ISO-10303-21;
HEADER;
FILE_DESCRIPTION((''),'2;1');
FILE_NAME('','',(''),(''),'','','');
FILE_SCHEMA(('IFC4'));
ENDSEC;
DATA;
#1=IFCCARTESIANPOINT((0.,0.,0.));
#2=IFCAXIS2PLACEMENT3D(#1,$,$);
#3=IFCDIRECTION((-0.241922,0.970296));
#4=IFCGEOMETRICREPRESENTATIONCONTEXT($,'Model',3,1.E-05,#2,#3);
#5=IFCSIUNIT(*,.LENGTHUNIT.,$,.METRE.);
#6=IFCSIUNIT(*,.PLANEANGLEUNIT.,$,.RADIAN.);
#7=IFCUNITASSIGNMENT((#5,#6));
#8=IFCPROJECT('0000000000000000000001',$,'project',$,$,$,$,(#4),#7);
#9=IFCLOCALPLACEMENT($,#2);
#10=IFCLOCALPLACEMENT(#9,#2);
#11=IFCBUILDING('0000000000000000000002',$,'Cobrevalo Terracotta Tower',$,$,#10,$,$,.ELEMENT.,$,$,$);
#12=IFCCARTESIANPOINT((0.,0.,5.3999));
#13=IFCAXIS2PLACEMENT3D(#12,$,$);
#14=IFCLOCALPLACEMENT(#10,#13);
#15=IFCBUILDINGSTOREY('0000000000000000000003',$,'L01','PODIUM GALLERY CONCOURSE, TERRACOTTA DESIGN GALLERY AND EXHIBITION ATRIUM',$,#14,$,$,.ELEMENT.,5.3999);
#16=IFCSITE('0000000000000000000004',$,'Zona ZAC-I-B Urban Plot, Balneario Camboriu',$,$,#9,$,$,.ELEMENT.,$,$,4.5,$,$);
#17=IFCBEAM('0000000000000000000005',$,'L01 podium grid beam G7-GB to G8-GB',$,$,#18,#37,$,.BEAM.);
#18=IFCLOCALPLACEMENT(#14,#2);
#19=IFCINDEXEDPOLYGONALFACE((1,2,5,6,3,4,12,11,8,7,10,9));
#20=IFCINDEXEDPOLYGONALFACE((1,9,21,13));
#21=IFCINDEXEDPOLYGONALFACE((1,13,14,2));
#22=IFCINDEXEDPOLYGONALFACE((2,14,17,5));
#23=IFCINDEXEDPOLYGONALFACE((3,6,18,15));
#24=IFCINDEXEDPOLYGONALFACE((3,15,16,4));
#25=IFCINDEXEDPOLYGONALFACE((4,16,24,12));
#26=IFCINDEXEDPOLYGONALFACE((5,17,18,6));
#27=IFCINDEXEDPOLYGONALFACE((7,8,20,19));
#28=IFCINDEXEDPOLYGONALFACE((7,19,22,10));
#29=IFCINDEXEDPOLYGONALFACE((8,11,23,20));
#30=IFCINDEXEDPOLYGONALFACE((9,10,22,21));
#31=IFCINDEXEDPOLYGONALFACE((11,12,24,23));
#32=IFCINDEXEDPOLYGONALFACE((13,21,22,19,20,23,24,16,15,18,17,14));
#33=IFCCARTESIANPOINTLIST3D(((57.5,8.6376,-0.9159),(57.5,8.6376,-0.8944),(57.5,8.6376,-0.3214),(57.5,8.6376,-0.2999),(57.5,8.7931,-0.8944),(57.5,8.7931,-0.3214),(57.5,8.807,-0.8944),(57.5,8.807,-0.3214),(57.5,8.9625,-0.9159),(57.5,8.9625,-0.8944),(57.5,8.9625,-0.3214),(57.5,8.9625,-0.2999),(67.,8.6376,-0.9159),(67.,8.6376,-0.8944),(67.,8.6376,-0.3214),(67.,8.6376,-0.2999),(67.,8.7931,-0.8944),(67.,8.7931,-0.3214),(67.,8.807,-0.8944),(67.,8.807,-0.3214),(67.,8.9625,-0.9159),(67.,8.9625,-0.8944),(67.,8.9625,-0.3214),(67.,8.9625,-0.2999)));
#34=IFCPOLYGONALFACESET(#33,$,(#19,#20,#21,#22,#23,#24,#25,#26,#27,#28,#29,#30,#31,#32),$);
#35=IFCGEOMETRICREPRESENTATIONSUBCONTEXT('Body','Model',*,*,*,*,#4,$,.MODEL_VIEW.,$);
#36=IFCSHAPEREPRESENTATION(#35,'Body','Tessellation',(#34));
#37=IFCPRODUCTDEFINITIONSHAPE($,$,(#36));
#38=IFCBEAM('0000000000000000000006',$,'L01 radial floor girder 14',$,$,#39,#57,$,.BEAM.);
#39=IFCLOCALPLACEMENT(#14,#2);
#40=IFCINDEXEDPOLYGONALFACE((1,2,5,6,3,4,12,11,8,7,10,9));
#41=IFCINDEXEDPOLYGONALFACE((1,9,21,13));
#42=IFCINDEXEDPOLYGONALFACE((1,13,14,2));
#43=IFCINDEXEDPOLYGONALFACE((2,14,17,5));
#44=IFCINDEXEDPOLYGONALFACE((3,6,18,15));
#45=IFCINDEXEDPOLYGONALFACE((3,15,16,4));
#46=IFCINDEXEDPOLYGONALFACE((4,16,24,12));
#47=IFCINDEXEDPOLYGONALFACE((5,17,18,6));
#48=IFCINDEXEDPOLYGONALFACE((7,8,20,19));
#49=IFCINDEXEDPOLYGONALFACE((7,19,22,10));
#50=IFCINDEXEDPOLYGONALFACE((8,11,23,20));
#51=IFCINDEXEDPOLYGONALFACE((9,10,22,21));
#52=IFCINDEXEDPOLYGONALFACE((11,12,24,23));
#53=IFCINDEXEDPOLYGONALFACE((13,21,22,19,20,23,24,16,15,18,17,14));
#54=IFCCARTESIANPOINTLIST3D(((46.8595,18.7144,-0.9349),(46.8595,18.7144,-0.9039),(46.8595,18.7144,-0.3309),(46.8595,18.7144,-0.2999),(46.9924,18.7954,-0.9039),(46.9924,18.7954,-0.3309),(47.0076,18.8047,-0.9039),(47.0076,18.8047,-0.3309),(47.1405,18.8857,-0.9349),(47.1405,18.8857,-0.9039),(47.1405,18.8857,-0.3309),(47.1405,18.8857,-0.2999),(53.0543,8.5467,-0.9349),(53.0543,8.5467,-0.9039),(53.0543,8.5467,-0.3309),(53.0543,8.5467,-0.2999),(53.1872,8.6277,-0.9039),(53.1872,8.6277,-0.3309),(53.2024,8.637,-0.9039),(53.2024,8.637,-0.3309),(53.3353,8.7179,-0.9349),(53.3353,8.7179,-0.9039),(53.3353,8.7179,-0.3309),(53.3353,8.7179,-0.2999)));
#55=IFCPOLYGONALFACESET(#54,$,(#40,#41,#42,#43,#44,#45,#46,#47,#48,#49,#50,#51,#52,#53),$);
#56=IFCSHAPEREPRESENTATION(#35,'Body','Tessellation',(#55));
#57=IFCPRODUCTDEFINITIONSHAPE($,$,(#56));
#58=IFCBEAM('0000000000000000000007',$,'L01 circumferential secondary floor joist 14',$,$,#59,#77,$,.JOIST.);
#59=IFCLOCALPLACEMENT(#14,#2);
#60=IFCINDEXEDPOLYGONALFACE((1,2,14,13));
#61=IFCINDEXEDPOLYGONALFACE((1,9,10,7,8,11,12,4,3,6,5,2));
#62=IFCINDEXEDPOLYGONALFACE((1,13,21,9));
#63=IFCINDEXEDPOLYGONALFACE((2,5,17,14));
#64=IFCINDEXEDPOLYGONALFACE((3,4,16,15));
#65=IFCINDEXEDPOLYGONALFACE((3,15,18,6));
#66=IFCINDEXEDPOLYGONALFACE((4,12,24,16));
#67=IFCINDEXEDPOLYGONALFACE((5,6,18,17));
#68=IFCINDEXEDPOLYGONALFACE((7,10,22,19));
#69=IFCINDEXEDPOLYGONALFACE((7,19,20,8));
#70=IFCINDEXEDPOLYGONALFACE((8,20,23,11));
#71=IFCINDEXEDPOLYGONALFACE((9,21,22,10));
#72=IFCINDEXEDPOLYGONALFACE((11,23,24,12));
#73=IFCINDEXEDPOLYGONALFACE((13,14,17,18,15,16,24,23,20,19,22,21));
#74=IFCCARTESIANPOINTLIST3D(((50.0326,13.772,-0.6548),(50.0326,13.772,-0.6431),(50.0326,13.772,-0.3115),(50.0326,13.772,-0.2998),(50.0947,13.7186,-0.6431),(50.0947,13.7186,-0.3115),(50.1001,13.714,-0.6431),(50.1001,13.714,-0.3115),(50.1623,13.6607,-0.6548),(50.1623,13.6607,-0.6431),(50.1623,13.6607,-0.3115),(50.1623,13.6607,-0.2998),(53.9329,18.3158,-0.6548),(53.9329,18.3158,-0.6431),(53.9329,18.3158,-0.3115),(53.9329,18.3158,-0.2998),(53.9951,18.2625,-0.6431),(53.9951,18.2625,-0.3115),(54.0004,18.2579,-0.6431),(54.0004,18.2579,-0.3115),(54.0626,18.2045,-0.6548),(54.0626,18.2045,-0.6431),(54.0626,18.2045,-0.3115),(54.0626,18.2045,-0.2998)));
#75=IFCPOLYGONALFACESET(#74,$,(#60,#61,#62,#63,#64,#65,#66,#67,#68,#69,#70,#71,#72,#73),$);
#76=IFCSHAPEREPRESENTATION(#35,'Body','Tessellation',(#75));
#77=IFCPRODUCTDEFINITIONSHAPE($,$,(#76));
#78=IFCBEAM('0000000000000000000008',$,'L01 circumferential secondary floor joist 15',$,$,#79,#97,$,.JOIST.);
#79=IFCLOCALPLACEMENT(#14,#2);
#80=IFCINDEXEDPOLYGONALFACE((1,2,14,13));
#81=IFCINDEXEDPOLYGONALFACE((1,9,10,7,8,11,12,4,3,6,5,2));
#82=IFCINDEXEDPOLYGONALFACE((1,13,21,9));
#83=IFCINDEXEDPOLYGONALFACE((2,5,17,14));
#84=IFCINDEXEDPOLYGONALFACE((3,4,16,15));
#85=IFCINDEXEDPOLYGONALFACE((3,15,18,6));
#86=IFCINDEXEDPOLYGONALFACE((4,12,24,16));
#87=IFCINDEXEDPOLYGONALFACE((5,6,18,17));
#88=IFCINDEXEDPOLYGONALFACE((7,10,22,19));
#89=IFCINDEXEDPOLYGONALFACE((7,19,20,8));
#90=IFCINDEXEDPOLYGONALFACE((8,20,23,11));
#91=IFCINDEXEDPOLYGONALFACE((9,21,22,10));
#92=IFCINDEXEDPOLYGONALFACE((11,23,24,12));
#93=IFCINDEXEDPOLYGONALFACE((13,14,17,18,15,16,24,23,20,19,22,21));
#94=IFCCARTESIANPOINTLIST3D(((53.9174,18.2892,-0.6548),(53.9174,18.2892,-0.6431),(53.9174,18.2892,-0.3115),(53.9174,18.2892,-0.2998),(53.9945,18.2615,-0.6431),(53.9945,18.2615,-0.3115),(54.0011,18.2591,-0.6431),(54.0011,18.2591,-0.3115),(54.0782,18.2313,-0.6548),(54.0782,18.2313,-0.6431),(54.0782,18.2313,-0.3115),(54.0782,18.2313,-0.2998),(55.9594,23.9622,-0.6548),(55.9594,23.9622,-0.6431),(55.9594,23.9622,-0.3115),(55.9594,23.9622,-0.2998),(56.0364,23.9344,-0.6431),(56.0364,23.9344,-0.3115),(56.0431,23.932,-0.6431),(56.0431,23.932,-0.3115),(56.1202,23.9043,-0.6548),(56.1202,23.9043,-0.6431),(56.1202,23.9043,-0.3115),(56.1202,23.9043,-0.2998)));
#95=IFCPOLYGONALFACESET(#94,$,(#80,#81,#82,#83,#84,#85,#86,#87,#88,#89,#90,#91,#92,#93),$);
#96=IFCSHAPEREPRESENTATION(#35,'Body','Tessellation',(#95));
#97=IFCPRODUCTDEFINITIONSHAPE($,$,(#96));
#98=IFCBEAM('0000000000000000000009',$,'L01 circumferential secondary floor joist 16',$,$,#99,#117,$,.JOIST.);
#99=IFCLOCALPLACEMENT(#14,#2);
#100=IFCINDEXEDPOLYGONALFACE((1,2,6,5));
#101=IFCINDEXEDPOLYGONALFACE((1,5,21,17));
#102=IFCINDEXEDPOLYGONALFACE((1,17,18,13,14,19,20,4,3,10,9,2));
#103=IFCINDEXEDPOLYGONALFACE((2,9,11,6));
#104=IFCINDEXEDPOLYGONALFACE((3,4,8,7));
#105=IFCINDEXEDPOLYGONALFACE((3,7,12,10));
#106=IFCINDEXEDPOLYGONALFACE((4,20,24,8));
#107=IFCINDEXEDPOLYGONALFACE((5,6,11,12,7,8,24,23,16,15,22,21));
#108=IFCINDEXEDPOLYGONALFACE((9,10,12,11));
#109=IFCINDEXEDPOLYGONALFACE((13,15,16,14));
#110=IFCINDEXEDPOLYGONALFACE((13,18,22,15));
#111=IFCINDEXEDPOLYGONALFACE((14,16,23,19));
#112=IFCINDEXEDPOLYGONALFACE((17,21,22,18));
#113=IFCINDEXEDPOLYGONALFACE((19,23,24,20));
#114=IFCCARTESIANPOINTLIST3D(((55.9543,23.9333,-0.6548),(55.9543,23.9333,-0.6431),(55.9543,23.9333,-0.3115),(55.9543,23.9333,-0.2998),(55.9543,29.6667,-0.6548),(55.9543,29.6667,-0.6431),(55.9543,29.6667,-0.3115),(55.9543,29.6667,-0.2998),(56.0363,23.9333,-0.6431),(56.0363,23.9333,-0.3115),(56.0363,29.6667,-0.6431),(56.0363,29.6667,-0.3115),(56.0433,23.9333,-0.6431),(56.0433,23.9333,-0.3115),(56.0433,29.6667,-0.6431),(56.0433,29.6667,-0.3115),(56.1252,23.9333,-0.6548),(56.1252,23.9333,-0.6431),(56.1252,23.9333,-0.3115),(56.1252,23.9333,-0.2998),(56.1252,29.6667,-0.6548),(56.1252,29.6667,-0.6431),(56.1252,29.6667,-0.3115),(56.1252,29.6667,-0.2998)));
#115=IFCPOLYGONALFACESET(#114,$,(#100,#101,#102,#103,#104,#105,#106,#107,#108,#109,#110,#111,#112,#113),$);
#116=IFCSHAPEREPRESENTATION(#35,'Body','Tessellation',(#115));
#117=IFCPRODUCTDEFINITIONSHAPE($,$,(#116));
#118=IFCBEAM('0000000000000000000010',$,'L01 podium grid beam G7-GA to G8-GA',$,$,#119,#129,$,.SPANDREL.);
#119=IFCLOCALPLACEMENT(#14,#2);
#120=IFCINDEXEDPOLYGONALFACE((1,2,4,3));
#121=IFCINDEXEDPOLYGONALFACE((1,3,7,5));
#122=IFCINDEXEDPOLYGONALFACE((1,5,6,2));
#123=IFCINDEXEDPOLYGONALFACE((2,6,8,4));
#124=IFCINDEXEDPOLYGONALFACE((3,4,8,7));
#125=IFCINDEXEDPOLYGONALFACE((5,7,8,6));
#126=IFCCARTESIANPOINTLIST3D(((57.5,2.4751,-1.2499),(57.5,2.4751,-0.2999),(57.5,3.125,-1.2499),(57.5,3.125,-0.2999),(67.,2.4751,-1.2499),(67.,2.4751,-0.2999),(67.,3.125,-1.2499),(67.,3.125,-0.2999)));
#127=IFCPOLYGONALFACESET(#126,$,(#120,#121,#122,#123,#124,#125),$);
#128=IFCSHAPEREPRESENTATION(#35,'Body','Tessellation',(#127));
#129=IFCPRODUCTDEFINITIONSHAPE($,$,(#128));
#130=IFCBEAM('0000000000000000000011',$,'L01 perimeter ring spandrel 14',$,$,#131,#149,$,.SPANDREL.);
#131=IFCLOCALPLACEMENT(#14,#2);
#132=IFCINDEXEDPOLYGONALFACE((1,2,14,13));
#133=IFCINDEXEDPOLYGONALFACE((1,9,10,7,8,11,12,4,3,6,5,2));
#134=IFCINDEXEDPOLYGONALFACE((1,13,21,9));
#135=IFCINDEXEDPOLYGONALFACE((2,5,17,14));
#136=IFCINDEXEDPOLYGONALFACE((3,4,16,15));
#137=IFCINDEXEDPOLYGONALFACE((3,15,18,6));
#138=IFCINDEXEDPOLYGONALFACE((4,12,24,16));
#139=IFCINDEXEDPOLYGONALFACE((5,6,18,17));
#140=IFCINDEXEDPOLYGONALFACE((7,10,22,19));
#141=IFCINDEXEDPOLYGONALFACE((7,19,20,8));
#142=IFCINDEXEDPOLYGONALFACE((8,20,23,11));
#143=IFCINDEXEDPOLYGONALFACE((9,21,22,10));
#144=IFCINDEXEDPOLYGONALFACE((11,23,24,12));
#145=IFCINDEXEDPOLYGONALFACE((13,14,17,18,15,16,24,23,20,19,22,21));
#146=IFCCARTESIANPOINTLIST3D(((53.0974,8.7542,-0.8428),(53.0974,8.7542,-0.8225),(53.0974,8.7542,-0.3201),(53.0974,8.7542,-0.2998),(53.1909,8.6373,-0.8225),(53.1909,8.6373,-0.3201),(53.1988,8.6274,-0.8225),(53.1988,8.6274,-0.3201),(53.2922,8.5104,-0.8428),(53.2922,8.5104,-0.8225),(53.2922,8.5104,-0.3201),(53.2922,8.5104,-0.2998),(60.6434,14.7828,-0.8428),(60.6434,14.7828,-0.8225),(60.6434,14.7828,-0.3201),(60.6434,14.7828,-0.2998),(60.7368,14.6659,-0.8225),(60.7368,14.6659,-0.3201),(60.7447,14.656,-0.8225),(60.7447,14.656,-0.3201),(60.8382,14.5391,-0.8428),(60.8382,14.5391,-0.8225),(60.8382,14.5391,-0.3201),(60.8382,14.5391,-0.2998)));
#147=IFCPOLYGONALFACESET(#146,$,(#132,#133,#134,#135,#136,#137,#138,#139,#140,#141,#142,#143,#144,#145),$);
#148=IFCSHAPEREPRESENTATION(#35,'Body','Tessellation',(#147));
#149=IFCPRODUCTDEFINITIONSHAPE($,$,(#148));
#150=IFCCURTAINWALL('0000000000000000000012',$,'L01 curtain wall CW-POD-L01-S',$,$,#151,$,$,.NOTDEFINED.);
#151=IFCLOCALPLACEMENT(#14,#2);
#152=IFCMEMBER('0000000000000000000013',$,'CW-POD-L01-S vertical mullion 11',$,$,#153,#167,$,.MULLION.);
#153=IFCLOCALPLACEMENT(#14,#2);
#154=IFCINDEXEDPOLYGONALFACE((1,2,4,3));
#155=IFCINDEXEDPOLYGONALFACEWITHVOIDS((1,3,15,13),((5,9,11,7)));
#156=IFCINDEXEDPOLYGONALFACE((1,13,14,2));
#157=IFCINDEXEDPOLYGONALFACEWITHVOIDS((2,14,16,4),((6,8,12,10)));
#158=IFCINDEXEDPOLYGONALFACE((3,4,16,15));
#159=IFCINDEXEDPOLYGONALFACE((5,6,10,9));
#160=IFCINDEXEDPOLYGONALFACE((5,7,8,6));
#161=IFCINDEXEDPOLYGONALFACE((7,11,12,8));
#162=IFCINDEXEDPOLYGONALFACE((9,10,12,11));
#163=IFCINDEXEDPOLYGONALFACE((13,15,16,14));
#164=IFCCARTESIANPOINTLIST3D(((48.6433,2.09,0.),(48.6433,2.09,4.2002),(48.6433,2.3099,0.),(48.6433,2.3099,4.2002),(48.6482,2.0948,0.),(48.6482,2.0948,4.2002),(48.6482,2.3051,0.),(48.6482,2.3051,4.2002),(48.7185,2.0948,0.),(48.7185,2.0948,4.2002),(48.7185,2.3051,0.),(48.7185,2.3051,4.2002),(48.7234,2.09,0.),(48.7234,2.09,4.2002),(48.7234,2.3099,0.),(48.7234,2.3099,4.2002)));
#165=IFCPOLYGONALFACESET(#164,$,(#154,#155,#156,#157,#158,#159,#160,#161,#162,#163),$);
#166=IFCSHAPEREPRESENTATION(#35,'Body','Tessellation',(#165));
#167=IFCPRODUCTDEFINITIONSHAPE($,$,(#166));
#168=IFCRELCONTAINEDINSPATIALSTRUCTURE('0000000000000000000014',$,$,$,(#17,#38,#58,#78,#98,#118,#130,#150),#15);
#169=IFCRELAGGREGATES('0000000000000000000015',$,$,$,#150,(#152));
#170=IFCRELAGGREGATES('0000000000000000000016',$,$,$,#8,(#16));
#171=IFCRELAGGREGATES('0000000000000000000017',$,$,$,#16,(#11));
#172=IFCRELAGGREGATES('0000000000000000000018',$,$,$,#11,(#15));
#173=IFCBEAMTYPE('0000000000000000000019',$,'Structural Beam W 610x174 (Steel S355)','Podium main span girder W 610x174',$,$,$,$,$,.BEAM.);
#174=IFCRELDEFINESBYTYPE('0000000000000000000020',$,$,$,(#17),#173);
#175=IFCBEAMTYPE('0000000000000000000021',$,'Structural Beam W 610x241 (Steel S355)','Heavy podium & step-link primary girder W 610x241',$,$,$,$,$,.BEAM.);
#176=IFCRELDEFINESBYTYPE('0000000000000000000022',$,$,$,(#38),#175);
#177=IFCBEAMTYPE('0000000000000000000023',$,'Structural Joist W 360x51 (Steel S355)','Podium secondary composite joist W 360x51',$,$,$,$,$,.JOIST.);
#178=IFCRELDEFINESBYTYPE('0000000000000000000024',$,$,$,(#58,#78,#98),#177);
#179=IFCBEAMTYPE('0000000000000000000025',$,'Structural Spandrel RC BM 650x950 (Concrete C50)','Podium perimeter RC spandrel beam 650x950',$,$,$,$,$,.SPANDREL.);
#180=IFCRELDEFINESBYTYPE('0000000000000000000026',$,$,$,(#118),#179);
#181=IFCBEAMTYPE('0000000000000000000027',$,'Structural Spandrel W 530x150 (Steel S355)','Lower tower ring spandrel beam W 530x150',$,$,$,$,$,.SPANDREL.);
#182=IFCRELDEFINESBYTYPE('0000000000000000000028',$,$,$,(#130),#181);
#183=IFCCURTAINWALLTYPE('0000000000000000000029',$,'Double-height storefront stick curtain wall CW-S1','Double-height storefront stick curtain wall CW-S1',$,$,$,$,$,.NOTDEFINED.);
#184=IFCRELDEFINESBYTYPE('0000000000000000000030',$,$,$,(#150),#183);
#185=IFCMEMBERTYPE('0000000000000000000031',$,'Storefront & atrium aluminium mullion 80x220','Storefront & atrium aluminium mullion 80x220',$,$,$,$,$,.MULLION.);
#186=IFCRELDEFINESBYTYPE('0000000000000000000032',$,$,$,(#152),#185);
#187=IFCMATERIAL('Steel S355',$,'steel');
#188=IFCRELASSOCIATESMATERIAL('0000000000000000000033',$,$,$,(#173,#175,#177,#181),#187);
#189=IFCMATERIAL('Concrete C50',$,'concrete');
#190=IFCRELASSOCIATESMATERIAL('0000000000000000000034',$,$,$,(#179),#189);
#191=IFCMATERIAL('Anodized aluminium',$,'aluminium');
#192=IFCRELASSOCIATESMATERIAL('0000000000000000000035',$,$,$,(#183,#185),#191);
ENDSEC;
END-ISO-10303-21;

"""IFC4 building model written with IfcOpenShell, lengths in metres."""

from ifc_helpers import new_model, si_unit, direction, frame, origin, origin_2d, place, context, subcontext, project, spatial, rectangle, hollow_rectangle, i_section, extrude, source, transform, mapped, material, material_profile, profile_set, type_object, element, aggregate, save


model = new_model("IFC4")

# Units and contexts
model_context = context("Model", 3, precision=1e-05, world=origin(), true_north=direction((-0.241922, 0.970296)))
body_context = subcontext(model_context, "Body", "Model", "MODEL_VIEW")
ifc_project = project(units=[si_unit("LENGTHUNIT", "METRE"), si_unit("PLANEANGLEUNIT", "RADIAN")], contexts=[model_context])

# Site, building, storey
site_placement = place(None, origin())
site = spatial("IfcSite", under=ifc_project, at=site_placement, Name="Zona ZAC-I-B Urban Plot, Balneario Camboriu", CompositionType="ELEMENT", RefElevation=4.5)
building_placement = place(site_placement, origin())
building = spatial("IfcBuilding", under=site, at=building_placement, Name="Cobrevalo Terracotta Tower", CompositionType="ELEMENT")
storey_placement = place(building_placement, frame((0.0, 0.0, 5.3999)))
storey = spatial("IfcBuildingStorey", under=building, at=storey_placement, Name="L01", Description="PODIUM GALLERY CONCOURSE, TERRACOTTA DESIGN GALLERY AND EXHIBITION ATRIUM", CompositionType="ELEMENT", Elevation=5.3999)

# Shared definitions
ifc_material_1 = material(Name="Steel S355", Category="steel")
ifc_material_2 = material(Name="Concrete C50", Category="concrete")

# Beams
ifc_material_profile_1 = material_profile(ifc_material_1, i_section(OverallWidth=0.325, OverallDepth=0.616, WebThickness=0.0139, FlangeThickness=0.0215, at=origin_2d()), Name="W 610x174")
ifc_profile_set_1 = profile_set([ifc_material_profile_1], Name="Steel S355")
beam_type_1 = type_object("IfcBeamType", Name="Structural Beam W 610x174 (Steel S355)", Description="Podium main span girder W 610x174", PredefinedType="BEAM", material=ifc_profile_set_1)
beam_1_placement = place(storey_placement, frame((57.5, 8.8, -0.6079), z_axis=(1.0, 0.0, 0.0), x_axis=(0.0, 1.0, 0.0)))
element("IfcBeam", 1, at=beam_1_placement, inside=storey, type_object=beam_type_1, Name="L01 podium grid beam G7-GB to G8-GB", PredefinedType="BEAM", context=body_context, shape_type="SweptSolid", body=[
    extrude(i_section(OverallWidth=0.325, OverallDepth=0.616, WebThickness=0.0139, FlangeThickness=0.0215, at=origin_2d()), origin(), (0.0, 0.0, 1.0), 9.5),
])
ifc_material_profile_2 = material_profile(ifc_material_1, i_section(OverallWidth=0.3291, OverallDepth=0.635, WebThickness=0.0178, FlangeThickness=0.031, at=origin_2d()), Name="W 610x241")
ifc_profile_set_2 = profile_set([ifc_material_profile_2], Name="Steel S355")
beam_type_2 = type_object("IfcBeamType", Name="Structural Beam W 610x241 (Steel S355)", Description="Heavy podium & step-link primary girder W 610x241", PredefinedType="BEAM", material=ifc_profile_set_2)
beam_2_placement = place(storey_placement, frame((53.1948, 8.6323, -0.6174), z_axis=(-0.520301, 0.853983, 0.0), x_axis=(-0.853983, -0.520301, 0.0)))
element("IfcBeam", 2, at=beam_2_placement, inside=storey, type_object=beam_type_2, Name="L01 radial floor girder 14", PredefinedType="BEAM", context=body_context, shape_type="SweptSolid", body=[
    extrude(i_section(OverallWidth=0.3291, OverallDepth=0.635, WebThickness=0.0178, FlangeThickness=0.031, at=origin_2d()), origin(), (0.0, 0.0, 1.0), 11.9062),
])
ifc_material_profile_3 = material_profile(ifc_material_1, i_section(OverallWidth=0.1709, OverallDepth=0.355, WebThickness=0.0071, FlangeThickness=0.0117, at=origin_2d()), Name="W 360x51")
ifc_profile_set_3 = profile_set([ifc_material_profile_3], Name="Steel S355")
beam_type_3 = type_object("IfcBeamType", Name="Structural Joist W 360x51 (Steel S355)", Description="Podium secondary composite joist W 360x51", PredefinedType="JOIST", material=ifc_profile_set_3)
beam_3_placement = place(storey_placement, frame((50.0974, 13.7163, -0.4773), z_axis=(0.651328, 0.758796, 0.0), x_axis=(-0.758796, 0.651328, 0.0)))
element("IfcBeam", 3, at=beam_3_placement, inside=storey, type_object=beam_type_3, Name="L01 circumferential secondary floor joist 14", PredefinedType="JOIST", context=body_context, shape_type="SweptSolid", body=[
    extrude(i_section(OverallWidth=0.1709, OverallDepth=0.355, WebThickness=0.0071, FlangeThickness=0.0117, at=origin_2d()), origin(), (0.0, 0.0, 1.0), 5.9883),
])
beam_4_placement = place(storey_placement, frame((53.9978, 18.2603, -0.4773), z_axis=(0.338672, 0.940904, 0.0), x_axis=(-0.940904, 0.338672, 0.0)))
element("IfcBeam", 4, at=beam_4_placement, inside=storey, type_object=beam_type_3, Name="L01 circumferential secondary floor joist 15", PredefinedType="JOIST", context=body_context, shape_type="SweptSolid", body=[
    extrude(i_section(OverallWidth=0.1709, OverallDepth=0.355, WebThickness=0.0071, FlangeThickness=0.0117, at=origin_2d()), origin(), (0.0, 0.0, 1.0), 6.0293),
])
beam_5_placement = place(storey_placement, frame((56.0398, 23.9333, -0.4773), z_axis=(0.0, 1.0, 0.0), x_axis=(-1.0, 0.0, 0.0)))
element("IfcBeam", 5, at=beam_5_placement, inside=storey, type_object=beam_type_3, Name="L01 circumferential secondary floor joist 16", PredefinedType="JOIST", context=body_context, shape_type="SweptSolid", body=[
    extrude(i_section(OverallWidth=0.1709, OverallDepth=0.355, WebThickness=0.0071, FlangeThickness=0.0117, at=origin_2d()), origin(), (0.0, 0.0, 1.0), 5.7334),
])
ifc_material_profile_4 = material_profile(ifc_material_2, rectangle(XDim=0.6499, YDim=0.95, at=origin_2d()), Name="RC BM 650x950")
ifc_profile_set_4 = profile_set([ifc_material_profile_4], Name="Concrete C50")
beam_type_4 = type_object("IfcBeamType", Name="Structural Spandrel RC BM 650x950 (Concrete C50)", Description="Podium perimeter RC spandrel beam 650x950", PredefinedType="SPANDREL", material=ifc_profile_set_4)
beam_6_placement = place(storey_placement, frame((57.5, 2.8, -0.7749), z_axis=(1.0, 0.0, 0.0), x_axis=(0.0, 1.0, 0.0)))
element("IfcBeam", 6, at=beam_6_placement, inside=storey, type_object=beam_type_4, Name="L01 podium grid beam G7-GA to G8-GA", PredefinedType="SPANDREL", context=body_context, shape_type="SweptSolid", body=[
    extrude(rectangle(XDim=0.6499, YDim=0.95, at=origin_2d()), origin(), (0.0, 0.0, 1.0), 9.5),
])
ifc_material_profile_5 = material_profile(ifc_material_1, i_section(OverallWidth=0.312, OverallDepth=0.543, WebThickness=0.0127, FlangeThickness=0.0203, at=origin_2d()), Name="W 530x150")
ifc_profile_set_5 = profile_set([ifc_material_profile_5], Name="Steel S355")
beam_type_5 = type_object("IfcBeamType", Name="Structural Spandrel W 530x150 (Steel S355)", Description="Lower tower ring spandrel beam W 530x150", PredefinedType="SPANDREL", material=ifc_profile_set_5)
beam_7_placement = place(storey_placement, frame((53.1948, 8.6323, -0.5713), z_axis=(0.78128, 0.62418, 0.0), x_axis=(-0.62418, 0.78128, 0.0)))
element("IfcBeam", 7, at=beam_7_placement, inside=storey, type_object=beam_type_5, Name="L01 perimeter ring spandrel 14", PredefinedType="SPANDREL", context=body_context, shape_type="SweptSolid", body=[
    extrude(i_section(OverallWidth=0.312, OverallDepth=0.543, WebThickness=0.0127, FlangeThickness=0.0203, at=origin_2d()), origin(), (0.0, 0.0, 1.0), 9.6584),
])

# Curtain wall, member
ifc_material_3 = material(Name="Anodized aluminium", Category="aluminium")
curtain_wall_type = type_object("IfcCurtainWallType", Name="Double-height storefront stick curtain wall CW-S1", Description="Double-height storefront stick curtain wall CW-S1", PredefinedType="NOTDEFINED", material=ifc_material_3)
curtain_wall_placement = place(storey_placement, origin())
curtain_wall = element("IfcCurtainWall", 8, at=curtain_wall_placement, inside=storey, type_object=curtain_wall_type, Name="L01 curtain wall CW-POD-L01-S", PredefinedType="NOTDEFINED")
ifc_material_profile_6 = material_profile(ifc_material_3, hollow_rectangle(XDim=0.0801, YDim=0.22, WallThickness=0.0049, at=origin_2d()), Name="CWM 80x220")
ifc_profile_set_6 = profile_set([ifc_material_profile_6], Name="Anodized aluminium")
member_type_1 = type_object("IfcMemberType", Name="Storefront & atrium aluminium mullion 80x220", Description="Storefront & atrium aluminium mullion 80x220", PredefinedType="MULLION", material=ifc_profile_set_6)
shared_shape_1 = source(origin(), body_context, "Body", "SweptSolid", [
    extrude(hollow_rectangle(XDim=0.0801, YDim=0.22, WallThickness=0.0049, at=origin_2d()), origin(), (0.0, 0.0, 1.0), 4.2002),
])
member_1_placement = place(storey_placement, frame((48.6833, 2.2, 0.0), z_axis=(0.0, 0.0, 1.0), x_axis=(1.0, 0.0, 0.0)))
member_1 = element("IfcMember", 9, at=member_1_placement, type_object=member_type_1, Name="CW-POD-L01-S vertical mullion 11", PredefinedType="MULLION", context=body_context, shape_type="MappedRepresentation", body=[
    mapped(shared_shape_1, transform((0.0, 0.0, 0.0), scale=1.0)),
])
aggregate(curtain_wall, [member_1])

save(model, "model.ifc")
